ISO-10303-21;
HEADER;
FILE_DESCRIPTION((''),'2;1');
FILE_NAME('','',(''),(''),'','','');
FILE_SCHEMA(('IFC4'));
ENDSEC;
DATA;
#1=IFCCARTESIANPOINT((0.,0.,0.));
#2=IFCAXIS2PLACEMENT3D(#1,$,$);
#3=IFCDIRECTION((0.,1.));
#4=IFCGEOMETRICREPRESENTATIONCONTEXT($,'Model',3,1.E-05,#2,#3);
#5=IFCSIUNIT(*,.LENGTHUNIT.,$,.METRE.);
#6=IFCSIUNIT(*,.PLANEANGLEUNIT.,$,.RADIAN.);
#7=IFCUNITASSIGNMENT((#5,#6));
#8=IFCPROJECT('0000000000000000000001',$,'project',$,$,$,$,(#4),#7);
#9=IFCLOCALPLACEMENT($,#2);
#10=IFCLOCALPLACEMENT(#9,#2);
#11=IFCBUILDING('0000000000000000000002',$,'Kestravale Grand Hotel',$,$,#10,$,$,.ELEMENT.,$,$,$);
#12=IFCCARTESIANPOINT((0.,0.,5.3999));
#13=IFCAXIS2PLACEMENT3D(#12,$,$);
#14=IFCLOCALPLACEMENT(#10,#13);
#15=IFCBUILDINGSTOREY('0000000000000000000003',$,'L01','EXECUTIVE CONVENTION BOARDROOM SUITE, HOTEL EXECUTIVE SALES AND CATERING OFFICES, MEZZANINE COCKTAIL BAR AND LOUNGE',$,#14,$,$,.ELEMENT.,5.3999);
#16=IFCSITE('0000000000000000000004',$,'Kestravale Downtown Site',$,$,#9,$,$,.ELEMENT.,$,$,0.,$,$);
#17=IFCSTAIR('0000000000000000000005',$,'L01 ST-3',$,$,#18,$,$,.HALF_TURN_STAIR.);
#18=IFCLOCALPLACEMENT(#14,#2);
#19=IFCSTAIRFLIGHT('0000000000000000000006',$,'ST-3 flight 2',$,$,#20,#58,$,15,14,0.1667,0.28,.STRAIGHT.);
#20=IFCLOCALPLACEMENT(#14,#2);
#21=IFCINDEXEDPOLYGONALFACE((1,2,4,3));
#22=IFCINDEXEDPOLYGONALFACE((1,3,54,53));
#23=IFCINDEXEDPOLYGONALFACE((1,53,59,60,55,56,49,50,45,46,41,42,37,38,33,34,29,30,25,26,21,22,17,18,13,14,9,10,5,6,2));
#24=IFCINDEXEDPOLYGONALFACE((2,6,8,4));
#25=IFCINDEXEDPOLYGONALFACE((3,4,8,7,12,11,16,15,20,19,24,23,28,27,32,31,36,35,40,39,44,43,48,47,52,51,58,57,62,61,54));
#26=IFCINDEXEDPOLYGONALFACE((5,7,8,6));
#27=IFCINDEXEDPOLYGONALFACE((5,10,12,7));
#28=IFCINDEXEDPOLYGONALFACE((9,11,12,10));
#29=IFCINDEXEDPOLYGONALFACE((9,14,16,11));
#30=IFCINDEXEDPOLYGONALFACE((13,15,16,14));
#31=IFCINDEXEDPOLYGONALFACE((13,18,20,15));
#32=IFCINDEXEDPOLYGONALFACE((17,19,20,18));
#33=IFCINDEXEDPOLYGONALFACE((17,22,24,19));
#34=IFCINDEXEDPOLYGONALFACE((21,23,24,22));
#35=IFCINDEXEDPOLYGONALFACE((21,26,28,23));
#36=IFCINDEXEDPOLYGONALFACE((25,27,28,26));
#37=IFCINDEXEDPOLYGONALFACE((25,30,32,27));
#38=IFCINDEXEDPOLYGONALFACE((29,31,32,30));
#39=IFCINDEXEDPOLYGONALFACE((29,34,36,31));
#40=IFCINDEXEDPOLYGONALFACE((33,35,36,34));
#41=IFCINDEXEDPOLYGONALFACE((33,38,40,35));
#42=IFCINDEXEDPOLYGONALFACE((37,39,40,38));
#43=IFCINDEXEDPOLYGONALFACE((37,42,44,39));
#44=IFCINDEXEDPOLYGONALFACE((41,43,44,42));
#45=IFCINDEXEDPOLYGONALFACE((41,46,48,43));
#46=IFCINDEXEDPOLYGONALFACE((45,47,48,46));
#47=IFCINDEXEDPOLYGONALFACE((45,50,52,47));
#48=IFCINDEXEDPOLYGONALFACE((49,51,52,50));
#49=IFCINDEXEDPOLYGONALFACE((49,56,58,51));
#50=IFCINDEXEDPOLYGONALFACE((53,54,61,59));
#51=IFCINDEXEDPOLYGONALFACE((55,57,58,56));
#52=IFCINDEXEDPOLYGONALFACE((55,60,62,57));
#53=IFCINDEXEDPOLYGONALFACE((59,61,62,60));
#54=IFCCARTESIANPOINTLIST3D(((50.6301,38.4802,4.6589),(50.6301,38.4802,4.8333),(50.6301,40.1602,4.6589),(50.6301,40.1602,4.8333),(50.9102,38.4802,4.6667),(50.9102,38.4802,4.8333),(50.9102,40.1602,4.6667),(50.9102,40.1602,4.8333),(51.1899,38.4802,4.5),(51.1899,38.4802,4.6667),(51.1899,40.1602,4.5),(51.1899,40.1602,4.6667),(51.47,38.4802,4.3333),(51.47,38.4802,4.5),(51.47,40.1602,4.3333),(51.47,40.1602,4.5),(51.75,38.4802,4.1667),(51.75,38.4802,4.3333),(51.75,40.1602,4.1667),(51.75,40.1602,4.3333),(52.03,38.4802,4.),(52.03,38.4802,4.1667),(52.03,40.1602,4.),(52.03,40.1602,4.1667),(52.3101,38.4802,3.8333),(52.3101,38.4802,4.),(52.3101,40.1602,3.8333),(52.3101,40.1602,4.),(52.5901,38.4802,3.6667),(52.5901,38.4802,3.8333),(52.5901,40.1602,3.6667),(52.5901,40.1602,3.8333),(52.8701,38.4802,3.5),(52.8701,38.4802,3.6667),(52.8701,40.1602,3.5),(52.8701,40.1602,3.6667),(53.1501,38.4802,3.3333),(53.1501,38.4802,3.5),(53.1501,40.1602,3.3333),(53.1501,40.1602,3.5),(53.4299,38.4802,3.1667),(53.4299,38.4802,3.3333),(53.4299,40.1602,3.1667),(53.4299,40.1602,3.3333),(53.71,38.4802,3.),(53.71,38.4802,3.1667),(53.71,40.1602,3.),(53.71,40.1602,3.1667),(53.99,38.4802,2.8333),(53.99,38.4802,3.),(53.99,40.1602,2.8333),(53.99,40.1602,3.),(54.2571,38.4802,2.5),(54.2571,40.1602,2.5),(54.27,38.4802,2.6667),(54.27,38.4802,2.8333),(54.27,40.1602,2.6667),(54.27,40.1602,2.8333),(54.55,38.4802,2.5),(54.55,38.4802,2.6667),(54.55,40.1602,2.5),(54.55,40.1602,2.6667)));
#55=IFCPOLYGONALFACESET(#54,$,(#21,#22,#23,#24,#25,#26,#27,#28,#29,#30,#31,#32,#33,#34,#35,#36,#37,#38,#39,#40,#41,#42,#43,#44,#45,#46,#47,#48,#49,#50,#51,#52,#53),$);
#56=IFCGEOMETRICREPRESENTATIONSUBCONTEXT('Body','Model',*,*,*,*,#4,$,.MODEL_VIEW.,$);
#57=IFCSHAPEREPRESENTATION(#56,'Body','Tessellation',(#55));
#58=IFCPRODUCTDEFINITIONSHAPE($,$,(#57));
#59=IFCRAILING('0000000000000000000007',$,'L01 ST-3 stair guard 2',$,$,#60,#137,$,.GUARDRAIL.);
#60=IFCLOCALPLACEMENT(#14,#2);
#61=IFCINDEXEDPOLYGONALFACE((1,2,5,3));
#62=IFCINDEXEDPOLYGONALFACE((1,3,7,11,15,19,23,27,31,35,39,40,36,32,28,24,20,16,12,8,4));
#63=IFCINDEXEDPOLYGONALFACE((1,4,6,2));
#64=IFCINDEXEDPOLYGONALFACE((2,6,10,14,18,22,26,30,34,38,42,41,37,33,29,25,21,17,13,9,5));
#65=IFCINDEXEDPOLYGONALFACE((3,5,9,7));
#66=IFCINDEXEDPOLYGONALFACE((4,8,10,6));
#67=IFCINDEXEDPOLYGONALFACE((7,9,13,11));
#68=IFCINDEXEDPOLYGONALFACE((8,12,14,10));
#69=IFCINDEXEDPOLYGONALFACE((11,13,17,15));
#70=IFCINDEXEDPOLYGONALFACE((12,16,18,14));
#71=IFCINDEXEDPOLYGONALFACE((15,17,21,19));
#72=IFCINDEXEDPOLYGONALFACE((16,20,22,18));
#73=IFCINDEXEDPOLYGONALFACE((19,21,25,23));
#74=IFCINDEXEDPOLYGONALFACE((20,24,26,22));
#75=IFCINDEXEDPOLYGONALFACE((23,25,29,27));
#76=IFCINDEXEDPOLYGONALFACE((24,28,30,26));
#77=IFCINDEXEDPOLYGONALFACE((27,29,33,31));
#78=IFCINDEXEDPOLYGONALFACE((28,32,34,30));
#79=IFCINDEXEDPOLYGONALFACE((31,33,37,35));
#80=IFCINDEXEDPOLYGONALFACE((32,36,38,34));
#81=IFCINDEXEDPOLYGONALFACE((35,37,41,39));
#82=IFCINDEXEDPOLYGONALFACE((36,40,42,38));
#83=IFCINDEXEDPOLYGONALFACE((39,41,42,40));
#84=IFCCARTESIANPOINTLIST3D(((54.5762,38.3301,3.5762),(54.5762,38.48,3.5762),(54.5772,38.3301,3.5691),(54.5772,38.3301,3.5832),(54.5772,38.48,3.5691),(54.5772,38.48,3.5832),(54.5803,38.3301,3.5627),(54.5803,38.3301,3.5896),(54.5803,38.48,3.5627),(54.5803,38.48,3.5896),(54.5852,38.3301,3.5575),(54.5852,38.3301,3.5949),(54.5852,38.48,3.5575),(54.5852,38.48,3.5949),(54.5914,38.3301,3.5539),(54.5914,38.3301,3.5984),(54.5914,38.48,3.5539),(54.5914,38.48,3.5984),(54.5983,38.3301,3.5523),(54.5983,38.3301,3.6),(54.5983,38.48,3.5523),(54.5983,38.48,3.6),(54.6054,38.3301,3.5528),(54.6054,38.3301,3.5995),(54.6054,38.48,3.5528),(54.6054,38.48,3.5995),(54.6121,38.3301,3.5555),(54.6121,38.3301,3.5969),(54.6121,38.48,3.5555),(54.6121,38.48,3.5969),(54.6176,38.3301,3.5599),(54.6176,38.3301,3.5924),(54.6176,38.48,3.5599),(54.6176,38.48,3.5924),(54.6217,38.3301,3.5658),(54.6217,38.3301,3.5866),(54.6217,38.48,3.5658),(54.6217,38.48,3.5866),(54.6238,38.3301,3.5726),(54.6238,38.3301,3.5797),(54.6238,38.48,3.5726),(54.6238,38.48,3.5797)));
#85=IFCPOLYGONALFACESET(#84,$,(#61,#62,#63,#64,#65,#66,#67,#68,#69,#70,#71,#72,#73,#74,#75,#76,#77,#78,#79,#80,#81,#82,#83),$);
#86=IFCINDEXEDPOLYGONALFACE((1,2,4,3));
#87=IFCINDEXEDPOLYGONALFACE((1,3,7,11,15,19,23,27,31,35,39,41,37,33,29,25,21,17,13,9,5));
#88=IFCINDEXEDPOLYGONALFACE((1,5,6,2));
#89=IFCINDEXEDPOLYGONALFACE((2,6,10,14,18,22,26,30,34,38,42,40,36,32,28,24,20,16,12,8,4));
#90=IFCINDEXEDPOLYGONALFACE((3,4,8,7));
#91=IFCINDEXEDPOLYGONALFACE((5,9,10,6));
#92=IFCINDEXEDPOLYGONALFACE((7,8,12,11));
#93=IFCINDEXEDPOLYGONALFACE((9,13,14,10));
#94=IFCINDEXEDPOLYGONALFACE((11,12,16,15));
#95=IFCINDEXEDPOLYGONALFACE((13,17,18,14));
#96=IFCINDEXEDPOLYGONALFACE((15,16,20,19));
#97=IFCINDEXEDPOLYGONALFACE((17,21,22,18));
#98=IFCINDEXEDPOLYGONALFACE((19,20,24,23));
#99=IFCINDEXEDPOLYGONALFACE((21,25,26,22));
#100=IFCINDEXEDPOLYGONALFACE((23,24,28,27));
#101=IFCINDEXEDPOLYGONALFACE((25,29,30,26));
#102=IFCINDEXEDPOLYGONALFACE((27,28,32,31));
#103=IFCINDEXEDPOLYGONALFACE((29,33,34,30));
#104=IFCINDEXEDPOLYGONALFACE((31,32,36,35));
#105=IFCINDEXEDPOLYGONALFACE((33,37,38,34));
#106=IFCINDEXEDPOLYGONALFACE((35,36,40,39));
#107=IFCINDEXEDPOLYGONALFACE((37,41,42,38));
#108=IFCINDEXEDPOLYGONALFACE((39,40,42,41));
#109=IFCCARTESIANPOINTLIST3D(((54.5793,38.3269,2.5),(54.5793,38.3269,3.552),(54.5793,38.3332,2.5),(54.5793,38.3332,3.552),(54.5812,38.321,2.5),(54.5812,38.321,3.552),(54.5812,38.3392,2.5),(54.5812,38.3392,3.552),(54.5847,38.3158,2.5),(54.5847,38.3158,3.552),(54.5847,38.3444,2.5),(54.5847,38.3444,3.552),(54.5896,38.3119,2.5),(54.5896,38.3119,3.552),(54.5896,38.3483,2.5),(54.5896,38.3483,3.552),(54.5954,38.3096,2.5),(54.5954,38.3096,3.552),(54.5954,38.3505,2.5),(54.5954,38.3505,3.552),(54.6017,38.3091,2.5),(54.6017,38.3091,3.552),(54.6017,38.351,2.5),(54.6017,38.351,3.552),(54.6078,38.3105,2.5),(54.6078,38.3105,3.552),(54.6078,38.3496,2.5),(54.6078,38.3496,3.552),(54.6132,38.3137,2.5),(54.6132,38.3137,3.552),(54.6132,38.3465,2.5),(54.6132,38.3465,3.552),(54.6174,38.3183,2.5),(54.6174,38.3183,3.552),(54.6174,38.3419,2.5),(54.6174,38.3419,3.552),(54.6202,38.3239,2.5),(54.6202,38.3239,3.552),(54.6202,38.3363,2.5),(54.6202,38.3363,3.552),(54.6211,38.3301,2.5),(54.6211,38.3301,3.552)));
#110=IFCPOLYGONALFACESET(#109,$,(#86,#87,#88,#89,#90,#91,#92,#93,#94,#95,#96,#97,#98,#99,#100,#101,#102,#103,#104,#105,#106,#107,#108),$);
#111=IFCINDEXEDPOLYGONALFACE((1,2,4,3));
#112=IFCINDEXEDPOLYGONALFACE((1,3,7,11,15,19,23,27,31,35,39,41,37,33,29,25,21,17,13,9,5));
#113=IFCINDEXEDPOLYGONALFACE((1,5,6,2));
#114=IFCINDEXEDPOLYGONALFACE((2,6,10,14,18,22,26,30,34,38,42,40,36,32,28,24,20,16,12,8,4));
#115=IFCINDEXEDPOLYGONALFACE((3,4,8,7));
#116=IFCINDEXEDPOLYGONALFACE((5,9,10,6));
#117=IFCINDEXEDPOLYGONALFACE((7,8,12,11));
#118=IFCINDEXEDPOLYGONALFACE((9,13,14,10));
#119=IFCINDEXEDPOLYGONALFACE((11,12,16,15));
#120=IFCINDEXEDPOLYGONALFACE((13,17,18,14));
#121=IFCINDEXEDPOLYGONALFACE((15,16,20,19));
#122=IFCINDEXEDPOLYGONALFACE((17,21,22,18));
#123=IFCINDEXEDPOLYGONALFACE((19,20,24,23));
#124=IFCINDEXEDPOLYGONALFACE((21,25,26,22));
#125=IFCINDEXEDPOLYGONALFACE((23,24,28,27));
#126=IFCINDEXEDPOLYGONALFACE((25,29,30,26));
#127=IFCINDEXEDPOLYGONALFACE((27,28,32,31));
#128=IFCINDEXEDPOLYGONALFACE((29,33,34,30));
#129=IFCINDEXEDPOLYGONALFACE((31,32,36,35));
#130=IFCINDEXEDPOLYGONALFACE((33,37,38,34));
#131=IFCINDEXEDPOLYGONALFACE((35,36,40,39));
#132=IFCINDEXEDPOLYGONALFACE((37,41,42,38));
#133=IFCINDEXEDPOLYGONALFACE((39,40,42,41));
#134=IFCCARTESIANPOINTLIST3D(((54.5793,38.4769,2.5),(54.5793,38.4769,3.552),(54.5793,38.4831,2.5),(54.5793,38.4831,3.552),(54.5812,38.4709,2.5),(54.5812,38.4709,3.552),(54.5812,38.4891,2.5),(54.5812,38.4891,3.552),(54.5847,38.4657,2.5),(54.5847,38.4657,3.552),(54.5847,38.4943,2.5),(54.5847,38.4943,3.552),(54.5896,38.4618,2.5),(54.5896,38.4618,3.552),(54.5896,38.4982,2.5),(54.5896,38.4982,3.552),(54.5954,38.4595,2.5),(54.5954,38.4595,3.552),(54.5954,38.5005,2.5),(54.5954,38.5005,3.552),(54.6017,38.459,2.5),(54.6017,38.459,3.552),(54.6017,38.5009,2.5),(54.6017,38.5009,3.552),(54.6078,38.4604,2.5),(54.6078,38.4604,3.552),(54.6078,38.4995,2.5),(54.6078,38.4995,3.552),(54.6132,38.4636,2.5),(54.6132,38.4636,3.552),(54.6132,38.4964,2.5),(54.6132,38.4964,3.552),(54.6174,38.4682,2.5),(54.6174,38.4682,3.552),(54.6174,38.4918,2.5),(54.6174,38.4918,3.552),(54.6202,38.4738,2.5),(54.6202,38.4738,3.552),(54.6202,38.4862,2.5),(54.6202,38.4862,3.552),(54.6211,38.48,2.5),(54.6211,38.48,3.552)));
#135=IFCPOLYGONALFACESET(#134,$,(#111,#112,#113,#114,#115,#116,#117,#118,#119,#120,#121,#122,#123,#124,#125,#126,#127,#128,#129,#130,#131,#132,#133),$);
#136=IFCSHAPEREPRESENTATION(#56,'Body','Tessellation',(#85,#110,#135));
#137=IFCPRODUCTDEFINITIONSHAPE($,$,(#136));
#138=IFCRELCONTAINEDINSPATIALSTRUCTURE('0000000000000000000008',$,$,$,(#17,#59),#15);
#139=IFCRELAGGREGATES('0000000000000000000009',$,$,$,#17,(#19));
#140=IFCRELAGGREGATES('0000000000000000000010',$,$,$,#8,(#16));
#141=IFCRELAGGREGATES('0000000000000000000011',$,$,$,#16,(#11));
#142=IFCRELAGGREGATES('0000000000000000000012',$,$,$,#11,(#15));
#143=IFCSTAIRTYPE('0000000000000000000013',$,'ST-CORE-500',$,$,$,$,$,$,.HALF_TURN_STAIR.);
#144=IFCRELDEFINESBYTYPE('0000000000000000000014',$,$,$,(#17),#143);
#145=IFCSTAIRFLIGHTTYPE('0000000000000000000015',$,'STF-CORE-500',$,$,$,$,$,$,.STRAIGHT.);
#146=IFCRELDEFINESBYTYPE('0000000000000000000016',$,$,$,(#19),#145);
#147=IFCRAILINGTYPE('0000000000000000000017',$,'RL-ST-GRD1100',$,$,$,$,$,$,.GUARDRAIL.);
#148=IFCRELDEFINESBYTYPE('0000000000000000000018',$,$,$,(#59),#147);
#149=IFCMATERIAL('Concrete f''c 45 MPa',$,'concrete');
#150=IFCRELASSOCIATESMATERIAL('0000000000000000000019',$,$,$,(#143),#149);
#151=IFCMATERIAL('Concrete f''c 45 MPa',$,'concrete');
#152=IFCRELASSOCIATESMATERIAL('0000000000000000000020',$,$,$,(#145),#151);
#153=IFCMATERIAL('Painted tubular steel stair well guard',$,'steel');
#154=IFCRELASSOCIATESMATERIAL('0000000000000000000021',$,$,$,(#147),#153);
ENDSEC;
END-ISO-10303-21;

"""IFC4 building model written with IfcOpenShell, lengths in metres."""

from ifc_helpers import new_model, si_unit, direction, frame, origin, origin_2d, place, context, subcontext, project, spatial, polyline, circle, outline, extrude, material, type_object, element, aggregate, save


model = new_model("IFC4")

# Units and contexts
model_context = context("Model", 3, precision=1e-05, world=origin(), true_north=direction((0.0, 1.0)))
body_context = subcontext(model_context, "Body", "Model", "MODEL_VIEW")
ifc_project = project(units=[si_unit("LENGTHUNIT", "METRE"), si_unit("PLANEANGLEUNIT", "RADIAN")], contexts=[model_context])

# Site, building, storey
site_placement = place(None, origin())
site = spatial("IfcSite", under=ifc_project, at=site_placement, Name="Kestravale Downtown Site", CompositionType="ELEMENT", RefElevation=0.0)
building_placement = place(site_placement, origin())
building = spatial("IfcBuilding", under=site, at=building_placement, Name="Kestravale Grand Hotel", CompositionType="ELEMENT")
storey_placement = place(building_placement, frame((0.0, 0.0, 5.3999)))
storey = spatial("IfcBuildingStorey", under=building, at=storey_placement, Name="L01", Description="EXECUTIVE CONVENTION BOARDROOM SUITE, HOTEL EXECUTIVE SALES AND CATERING OFFICES, MEZZANINE COCKTAIL BAR AND LOUNGE", CompositionType="ELEMENT", Elevation=5.3999)

# Stair, stair flight
ifc_material_1 = material(Name="Concrete f'c 45 MPa", Category="concrete")
stair_type = type_object("IfcStairType", Name="ST-CORE-500", PredefinedType="HALF_TURN_STAIR", material=ifc_material_1)
stair_placement = place(storey_placement, origin())
stair = element("IfcStair", 1, at=stair_placement, inside=storey, type_object=stair_type, Name="L01 ST-3", PredefinedType="HALF_TURN_STAIR")
ifc_material_2 = material(Name="Concrete f'c 45 MPa", Category="concrete")
stair_flight_type = type_object("IfcStairFlightType", Name="STF-CORE-500", PredefinedType="STRAIGHT", material=ifc_material_2)
stair_flight_placement = place(storey_placement, frame((54.55, 39.3201, 2.5), z_axis=(0.0, 0.0, 1.0), x_axis=(-1.0, 0.0, 0.0)))
stair_flight = element("IfcStairFlight", 2, at=stair_flight_placement, type_object=stair_flight_type, Name="ST-3 flight 2", NumberOfRisers=15, NumberOfTreads=14, PredefinedType="STRAIGHT", RiserHeight=0.1667, TreadLength=0.28, context=body_context, shape_type="SweptSolid", body=[
    extrude(outline(polyline([(0.0, 0.0), (0.0, 0.1667), (0.28, 0.1667), (0.28, 0.3333), (0.5601, 0.3333), (0.5601, 0.5), (0.8401, 0.5), (0.8401, 0.6667), (1.1201, 0.6667), (1.1201, 0.8333), (1.3999, 0.8333), (1.3999, 1.0), (1.6799, 1.0), (1.6799, 1.1667), (1.96, 1.1667), (1.96, 1.3333), (2.24, 1.3333), (2.24, 1.5), (2.52, 1.5), (2.52, 1.6667), (2.8, 1.6667), (2.8, 1.8333), (3.0801, 1.8333), (3.0801, 2.0), (3.3601, 2.0), (3.3601, 2.1667), (3.6399, 2.1667), (3.6399, 2.3333), (3.9199, 2.3333), (3.9199, 2.5), (3.9199, 2.1589), (0.293, 0.0), (0.0, 0.0)])), frame((0.0, 0.8398, 0.0), z_axis=(0.0, -1.0, 0.0), x_axis=(1.0, 0.0, 0.0)), (0.0, 0.0, 1.0), 1.6799),
])
aggregate(stair, [stair_flight])

# Railing
ifc_material_3 = material(Name="Painted tubular steel stair well guard", Category="steel")
railing_type_1 = type_object("IfcRailingType", Name="RL-ST-GRD1100", PredefinedType="GUARDRAIL", material=ifc_material_3)
railing_1_placement = place(storey_placement, frame((54.6001, 38.3301, 2.5)))
element("IfcRailing", 3, at=railing_1_placement, inside=storey, type_object=railing_type_1, Name="L01 ST-3 stair guard 2", PredefinedType="GUARDRAIL", context=body_context, shape_type="SweptSolid", body=[
    extrude(circle(Radius=0.0239, at=origin_2d()), frame((0.0, 0.0, 1.0762), z_axis=(0.0, 1.0, 0.0), x_axis=(-1.0, 0.0, 0.0)), (0.0, 0.0, 1.0), 0.1499),
    extrude(circle(Radius=0.021, at=origin_2d()), origin(), (0.0, 0.0, 1.0), 1.052),
    extrude(circle(Radius=0.021, at=origin_2d()), frame((0.0, 0.1499, 0.0)), (0.0, 0.0, 1.0), 1.052),
])

save(model, "model.ifc")
